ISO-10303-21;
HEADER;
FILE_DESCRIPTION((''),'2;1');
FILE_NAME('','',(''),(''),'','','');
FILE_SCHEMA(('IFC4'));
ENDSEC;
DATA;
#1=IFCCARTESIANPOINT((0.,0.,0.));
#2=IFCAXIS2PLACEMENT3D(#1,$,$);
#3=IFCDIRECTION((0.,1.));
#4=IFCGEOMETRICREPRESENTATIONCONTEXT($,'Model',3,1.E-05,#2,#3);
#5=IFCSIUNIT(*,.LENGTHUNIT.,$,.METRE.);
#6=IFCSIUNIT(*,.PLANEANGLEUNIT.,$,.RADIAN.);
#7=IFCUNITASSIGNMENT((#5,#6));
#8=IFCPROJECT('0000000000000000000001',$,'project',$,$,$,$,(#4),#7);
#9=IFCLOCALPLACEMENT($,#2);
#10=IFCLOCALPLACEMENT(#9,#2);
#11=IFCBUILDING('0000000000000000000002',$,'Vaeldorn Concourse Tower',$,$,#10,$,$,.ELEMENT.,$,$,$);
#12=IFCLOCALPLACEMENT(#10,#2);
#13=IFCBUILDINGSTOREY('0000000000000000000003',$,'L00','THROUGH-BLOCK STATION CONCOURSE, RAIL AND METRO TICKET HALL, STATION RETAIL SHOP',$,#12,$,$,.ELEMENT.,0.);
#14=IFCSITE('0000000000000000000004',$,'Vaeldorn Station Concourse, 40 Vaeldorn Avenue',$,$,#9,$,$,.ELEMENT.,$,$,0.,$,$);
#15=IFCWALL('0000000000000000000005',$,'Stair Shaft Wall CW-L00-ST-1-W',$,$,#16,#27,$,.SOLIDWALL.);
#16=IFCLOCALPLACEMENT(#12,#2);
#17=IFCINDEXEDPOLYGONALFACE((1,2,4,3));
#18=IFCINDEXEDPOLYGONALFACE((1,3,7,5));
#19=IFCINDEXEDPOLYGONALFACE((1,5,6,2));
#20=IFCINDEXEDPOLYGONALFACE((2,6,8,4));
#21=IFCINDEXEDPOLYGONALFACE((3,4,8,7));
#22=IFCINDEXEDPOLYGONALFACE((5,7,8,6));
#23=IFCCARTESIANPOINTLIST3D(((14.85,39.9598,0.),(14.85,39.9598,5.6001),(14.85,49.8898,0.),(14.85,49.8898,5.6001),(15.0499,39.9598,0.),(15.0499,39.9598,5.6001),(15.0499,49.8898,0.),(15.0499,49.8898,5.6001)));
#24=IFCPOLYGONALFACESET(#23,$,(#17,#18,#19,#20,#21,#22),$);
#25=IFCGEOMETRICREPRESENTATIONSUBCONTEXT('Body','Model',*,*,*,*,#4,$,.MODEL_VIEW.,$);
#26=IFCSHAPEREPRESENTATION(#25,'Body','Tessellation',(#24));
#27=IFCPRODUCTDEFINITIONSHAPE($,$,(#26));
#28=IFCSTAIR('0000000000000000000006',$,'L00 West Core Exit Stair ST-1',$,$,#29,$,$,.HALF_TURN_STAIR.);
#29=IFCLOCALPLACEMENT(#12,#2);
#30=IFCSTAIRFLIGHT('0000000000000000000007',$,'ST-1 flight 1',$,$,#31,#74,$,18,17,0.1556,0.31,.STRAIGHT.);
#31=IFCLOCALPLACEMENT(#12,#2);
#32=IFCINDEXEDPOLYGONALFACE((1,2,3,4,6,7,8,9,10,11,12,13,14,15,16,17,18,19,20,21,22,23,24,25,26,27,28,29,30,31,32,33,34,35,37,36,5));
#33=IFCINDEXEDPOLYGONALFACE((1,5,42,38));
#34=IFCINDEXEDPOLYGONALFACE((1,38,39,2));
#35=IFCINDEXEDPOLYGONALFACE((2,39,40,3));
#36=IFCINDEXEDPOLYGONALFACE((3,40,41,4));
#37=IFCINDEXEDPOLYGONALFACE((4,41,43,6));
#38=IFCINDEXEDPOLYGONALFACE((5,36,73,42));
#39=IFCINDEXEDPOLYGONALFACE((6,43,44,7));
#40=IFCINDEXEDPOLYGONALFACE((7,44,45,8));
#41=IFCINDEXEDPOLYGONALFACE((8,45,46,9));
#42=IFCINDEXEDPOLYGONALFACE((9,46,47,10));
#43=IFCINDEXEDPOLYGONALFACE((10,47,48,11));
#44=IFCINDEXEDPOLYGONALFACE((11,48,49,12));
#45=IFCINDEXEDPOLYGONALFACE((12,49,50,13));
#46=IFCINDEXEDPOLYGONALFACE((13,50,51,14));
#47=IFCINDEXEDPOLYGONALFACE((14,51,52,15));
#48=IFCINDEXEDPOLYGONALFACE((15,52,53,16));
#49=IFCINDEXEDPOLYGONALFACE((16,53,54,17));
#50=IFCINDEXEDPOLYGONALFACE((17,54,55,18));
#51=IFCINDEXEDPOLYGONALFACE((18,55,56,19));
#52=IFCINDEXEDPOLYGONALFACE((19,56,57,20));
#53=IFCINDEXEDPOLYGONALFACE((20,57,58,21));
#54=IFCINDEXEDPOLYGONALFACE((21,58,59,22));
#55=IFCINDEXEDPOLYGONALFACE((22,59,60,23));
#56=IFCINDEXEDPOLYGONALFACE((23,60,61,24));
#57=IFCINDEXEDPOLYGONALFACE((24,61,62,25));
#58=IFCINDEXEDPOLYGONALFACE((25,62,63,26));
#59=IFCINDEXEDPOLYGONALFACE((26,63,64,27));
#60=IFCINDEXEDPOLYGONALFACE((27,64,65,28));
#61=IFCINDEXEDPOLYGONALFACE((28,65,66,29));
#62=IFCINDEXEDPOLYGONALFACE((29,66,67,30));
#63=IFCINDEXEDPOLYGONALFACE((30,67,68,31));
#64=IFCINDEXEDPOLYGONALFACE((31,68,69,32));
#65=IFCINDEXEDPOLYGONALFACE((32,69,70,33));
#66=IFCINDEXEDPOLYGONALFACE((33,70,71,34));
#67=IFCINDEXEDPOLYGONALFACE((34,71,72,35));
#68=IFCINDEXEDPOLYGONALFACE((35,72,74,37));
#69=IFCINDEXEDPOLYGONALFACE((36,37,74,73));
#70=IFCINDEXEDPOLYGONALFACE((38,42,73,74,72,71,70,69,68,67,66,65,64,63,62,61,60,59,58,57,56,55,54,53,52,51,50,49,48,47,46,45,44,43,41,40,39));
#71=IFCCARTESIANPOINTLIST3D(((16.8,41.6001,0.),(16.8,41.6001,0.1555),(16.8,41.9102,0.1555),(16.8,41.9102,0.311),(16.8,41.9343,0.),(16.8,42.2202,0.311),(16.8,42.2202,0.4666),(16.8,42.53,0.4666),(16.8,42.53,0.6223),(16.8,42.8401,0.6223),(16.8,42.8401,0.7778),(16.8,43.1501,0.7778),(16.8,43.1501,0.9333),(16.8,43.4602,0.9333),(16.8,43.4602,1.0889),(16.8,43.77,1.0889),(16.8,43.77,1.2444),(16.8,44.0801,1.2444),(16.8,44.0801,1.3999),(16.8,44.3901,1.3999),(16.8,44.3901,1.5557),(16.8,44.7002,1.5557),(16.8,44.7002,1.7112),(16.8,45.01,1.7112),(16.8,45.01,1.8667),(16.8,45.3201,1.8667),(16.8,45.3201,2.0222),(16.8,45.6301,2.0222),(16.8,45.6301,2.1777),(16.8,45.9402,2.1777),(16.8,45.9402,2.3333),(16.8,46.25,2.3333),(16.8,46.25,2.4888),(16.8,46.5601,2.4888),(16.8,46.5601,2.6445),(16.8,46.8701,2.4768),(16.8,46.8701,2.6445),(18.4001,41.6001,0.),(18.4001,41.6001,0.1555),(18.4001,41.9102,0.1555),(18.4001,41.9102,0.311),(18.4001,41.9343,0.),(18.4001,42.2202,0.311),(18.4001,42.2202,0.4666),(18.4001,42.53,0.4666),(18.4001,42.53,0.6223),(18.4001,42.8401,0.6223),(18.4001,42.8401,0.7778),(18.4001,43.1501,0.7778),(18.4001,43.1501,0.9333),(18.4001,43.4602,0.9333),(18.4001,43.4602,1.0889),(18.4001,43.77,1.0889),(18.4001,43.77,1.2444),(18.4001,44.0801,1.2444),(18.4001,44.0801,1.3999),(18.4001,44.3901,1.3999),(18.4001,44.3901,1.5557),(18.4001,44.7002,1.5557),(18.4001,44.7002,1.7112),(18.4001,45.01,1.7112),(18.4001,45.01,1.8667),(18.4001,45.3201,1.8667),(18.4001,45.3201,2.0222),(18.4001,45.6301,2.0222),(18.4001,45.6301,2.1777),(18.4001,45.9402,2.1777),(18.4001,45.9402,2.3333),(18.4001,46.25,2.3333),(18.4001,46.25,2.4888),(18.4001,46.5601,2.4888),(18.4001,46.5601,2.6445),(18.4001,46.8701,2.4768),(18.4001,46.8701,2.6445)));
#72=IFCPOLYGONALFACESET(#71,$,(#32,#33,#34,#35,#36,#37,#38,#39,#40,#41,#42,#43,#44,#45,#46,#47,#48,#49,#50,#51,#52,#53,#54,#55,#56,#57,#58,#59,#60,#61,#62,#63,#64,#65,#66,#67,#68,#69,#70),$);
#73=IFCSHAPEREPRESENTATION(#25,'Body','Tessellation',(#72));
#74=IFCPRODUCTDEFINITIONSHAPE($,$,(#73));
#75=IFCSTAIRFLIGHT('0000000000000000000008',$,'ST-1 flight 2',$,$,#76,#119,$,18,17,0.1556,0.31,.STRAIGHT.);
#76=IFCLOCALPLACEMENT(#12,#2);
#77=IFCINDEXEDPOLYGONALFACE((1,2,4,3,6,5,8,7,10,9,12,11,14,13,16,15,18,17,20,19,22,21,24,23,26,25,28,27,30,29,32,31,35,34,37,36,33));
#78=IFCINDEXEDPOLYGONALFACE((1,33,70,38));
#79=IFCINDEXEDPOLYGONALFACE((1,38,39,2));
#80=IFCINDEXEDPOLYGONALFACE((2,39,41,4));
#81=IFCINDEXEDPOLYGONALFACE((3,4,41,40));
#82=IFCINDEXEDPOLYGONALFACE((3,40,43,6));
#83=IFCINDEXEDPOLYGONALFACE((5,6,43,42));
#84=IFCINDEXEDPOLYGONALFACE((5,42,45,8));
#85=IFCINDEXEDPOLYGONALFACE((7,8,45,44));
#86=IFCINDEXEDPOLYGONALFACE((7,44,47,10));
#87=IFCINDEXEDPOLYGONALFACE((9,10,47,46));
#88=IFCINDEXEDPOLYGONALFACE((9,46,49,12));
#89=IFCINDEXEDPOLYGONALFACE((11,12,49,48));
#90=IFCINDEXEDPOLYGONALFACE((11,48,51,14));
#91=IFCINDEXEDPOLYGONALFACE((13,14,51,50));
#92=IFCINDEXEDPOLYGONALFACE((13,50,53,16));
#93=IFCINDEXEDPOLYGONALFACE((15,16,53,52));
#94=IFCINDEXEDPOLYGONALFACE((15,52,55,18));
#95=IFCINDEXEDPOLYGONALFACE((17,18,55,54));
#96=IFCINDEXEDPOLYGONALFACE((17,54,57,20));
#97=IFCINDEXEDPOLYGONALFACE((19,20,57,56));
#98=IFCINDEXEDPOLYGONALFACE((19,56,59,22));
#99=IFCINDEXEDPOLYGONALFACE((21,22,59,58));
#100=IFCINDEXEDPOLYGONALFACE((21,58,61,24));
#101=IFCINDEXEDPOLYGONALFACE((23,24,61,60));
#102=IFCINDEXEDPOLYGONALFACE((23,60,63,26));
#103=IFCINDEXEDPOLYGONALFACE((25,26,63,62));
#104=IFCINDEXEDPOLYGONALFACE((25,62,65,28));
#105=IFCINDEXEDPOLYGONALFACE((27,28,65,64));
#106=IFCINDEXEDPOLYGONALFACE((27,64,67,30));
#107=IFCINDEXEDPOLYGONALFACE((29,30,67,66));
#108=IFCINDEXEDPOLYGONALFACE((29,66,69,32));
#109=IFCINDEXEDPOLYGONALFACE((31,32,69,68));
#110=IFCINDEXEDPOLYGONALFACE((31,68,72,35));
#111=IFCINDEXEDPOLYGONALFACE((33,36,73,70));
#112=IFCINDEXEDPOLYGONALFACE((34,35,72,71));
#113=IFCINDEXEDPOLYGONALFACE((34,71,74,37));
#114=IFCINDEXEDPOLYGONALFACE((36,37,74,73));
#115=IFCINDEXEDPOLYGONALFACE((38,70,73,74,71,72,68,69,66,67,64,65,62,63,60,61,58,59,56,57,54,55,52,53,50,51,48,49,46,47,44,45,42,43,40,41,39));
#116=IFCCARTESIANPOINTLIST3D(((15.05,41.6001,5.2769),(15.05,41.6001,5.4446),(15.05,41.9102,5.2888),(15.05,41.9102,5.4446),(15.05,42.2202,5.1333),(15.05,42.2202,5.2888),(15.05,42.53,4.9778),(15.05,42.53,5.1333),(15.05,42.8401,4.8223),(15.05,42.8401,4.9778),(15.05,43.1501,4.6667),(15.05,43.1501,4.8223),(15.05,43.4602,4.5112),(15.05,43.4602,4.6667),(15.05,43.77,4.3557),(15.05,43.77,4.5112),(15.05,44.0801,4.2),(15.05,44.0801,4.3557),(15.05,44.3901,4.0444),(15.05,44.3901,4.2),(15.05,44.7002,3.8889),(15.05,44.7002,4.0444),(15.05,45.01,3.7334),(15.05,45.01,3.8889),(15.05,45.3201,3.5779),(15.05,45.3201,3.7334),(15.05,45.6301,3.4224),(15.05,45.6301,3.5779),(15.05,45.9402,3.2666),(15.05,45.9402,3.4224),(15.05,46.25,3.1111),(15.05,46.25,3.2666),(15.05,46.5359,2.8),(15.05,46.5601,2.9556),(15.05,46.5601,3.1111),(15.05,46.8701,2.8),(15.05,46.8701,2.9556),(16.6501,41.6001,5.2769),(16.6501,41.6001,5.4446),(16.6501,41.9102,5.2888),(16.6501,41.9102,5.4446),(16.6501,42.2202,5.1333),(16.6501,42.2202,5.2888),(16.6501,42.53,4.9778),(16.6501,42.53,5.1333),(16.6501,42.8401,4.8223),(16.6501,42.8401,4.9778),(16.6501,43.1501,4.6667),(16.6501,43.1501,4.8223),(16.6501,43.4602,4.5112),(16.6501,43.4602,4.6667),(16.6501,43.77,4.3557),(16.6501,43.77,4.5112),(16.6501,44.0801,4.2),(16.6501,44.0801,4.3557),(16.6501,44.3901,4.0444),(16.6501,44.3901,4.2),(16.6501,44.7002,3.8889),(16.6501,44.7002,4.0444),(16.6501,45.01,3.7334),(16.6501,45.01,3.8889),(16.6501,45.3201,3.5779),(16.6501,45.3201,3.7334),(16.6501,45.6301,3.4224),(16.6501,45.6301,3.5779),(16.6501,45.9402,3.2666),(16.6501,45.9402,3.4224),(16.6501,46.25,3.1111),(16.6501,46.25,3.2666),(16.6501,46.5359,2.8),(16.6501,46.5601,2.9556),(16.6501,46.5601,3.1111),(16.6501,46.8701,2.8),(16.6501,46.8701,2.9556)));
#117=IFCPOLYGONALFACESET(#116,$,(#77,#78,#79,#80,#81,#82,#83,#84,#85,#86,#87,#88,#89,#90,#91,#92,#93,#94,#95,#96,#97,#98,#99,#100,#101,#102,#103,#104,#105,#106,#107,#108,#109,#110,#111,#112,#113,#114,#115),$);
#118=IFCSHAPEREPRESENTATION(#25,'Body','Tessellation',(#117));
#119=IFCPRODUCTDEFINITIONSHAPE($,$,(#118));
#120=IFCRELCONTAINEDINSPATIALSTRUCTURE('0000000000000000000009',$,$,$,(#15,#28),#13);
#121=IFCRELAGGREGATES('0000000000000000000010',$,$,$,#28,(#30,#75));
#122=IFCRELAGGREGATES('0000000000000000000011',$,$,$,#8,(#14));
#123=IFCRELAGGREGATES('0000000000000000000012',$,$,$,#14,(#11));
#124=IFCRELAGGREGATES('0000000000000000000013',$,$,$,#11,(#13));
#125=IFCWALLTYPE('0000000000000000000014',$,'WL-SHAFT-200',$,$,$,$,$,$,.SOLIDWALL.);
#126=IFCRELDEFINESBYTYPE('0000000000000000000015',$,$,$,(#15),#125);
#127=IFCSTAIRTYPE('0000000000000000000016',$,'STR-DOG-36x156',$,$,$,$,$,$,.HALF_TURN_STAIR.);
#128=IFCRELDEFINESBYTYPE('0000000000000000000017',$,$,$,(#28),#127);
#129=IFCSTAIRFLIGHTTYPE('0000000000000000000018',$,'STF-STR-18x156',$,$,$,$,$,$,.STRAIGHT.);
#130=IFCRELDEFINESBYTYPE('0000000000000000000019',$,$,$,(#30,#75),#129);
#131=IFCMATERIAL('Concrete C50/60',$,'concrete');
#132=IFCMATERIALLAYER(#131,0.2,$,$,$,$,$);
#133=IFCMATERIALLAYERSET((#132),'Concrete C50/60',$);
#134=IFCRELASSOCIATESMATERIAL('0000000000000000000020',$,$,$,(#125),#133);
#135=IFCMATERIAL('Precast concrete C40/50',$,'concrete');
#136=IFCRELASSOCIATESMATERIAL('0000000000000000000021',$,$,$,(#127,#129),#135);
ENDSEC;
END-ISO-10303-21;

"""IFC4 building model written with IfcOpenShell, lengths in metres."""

from ifc_helpers import new_model, si_unit, direction, frame, frame_2d, origin, place, context, subcontext, project, spatial, polyline, rectangle, outline, extrude, material, layer, layer_set, type_object, element, aggregate, save


model = new_model("IFC4")

# Units and contexts
model_context = context("Model", 3, precision=1e-05, world=origin(), true_north=direction((0.0, 1.0)))
body_context = subcontext(model_context, "Body", "Model", "MODEL_VIEW")
ifc_project = project(units=[si_unit("LENGTHUNIT", "METRE"), si_unit("PLANEANGLEUNIT", "RADIAN")], contexts=[model_context])

# Site, building, storey
site_placement = place(None, origin())
site = spatial("IfcSite", under=ifc_project, at=site_placement, Name="Vaeldorn Station Concourse, 40 Vaeldorn Avenue", CompositionType="ELEMENT", RefElevation=0.0)
building_placement = place(site_placement, origin())
building = spatial("IfcBuilding", under=site, at=building_placement, Name="Vaeldorn Concourse Tower", CompositionType="ELEMENT")
storey_placement = place(building_placement, origin())
storey = spatial("IfcBuildingStorey", under=building, at=storey_placement, Name="L00", Description="THROUGH-BLOCK STATION CONCOURSE, RAIL AND METRO TICKET HALL, STATION RETAIL SHOP", CompositionType="ELEMENT", Elevation=0.0)

# Shared definitions
ifc_material_1 = material(Name="Concrete C50/60", Category="concrete")
ifc_layer_1 = layer(ifc_material_1, 0.2)
ifc_layer_set_1 = layer_set([ifc_layer_1], Name="Concrete C50/60")
wall_type_1 = type_object("IfcWallType", Name="WL-SHAFT-200", PredefinedType="SOLIDWALL", material=ifc_layer_set_1)

# Wall
wall_1_placement = place(storey_placement, frame((14.95, 39.96, 0.0), z_axis=(0.0, 0.0, 1.0), x_axis=(0.0, 1.0, 0.0)))
element("IfcWall", 1, at=wall_1_placement, inside=storey, type_object=wall_type_1, Name="Stair Shaft Wall CW-L00-ST-1-W", PredefinedType="SOLIDWALL", context=body_context, shape_type="SweptSolid", body=[
    extrude(rectangle(XDim=9.9299, YDim=0.2, at=frame_2d((4.9648, 0.0))), origin(), (0.0, 0.0, 1.0), 5.6001),
])

# Stair, stair flights
ifc_material_2 = material(Name="Precast concrete C40/50", Category="concrete")
stair_type = type_object("IfcStairType", Name="STR-DOG-36x156", PredefinedType="HALF_TURN_STAIR", material=ifc_material_2)
stair_placement = place(storey_placement, origin())
stair = element("IfcStair", 2, at=stair_placement, inside=storey, type_object=stair_type, Name="L00 West Core Exit Stair ST-1", PredefinedType="HALF_TURN_STAIR")
stair_flight_type = type_object("IfcStairFlightType", Name="STF-STR-18x156", PredefinedType="STRAIGHT", material=ifc_material_2)
stair_flight_1_placement = place(storey_placement, frame((17.6001, 41.6001, 0.0), z_axis=(0.0, 0.0, 1.0), x_axis=(0.0, 1.0, 0.0)))
stair_flight_1 = element("IfcStairFlight", 3, at=stair_flight_1_placement, type_object=stair_flight_type, Name="ST-1 flight 1", NumberOfRisers=18, NumberOfTreads=17, PredefinedType="STRAIGHT", RiserHeight=0.1556, TreadLength=0.31, context=body_context, shape_type="SweptSolid", body=[
    extrude(outline(polyline([(0.0, 0.0), (0.0, 0.1555), (0.3101, 0.1555), (0.3101, 0.311), (0.6201, 0.311), (0.6201, 0.4666), (0.9299, 0.4666), (0.9299, 0.6223), (1.24, 0.6223), (1.24, 0.7778), (1.55, 0.7778), (1.55, 0.9333), (1.8601, 0.9333), (1.8601, 1.0889), (2.1699, 1.0889), (2.1699, 1.2444), (2.48, 1.2444), (2.48, 1.3999), (2.79, 1.3999), (2.79, 1.5557), (3.1001, 1.5557), (3.1001, 1.7112), (3.4099, 1.7112), (3.4099, 1.8667), (3.72, 1.8667), (3.72, 2.0222), (4.03, 2.0222), (4.03, 2.1777), (4.3401, 2.1777), (4.3401, 2.3333), (4.6499, 2.3333), (4.6499, 2.4888), (4.96, 2.4888), (4.96, 2.6445), (5.27, 2.6445), (5.27, 2.8), (5.27, 2.4768), (0.3342, 0.0), (0.0, 0.0)])), frame((0.0, 0.8, 0.0), z_axis=(0.0, -1.0, 0.0), x_axis=(1.0, 0.0, 0.0)), (0.0, 0.0, 1.0), 1.6001),
])
stair_flight_2_placement = place(storey_placement, frame((15.8501, 46.8701, 2.8), z_axis=(0.0, 0.0, 1.0), x_axis=(0.0, -1.0, 0.0)))
stair_flight_2 = element("IfcStairFlight", 4, at=stair_flight_2_placement, type_object=stair_flight_type, Name="ST-1 flight 2", NumberOfRisers=18, NumberOfTreads=17, PredefinedType="STRAIGHT", RiserHeight=0.1556, TreadLength=0.31, context=body_context, shape_type="SweptSolid", body=[
    extrude(outline(polyline([(0.0, 0.0), (0.0, 0.1555), (0.3101, 0.1555), (0.3101, 0.311), (0.6201, 0.311), (0.6201, 0.4666), (0.9299, 0.4666), (0.9299, 0.6223), (1.24, 0.6223), (1.24, 0.7778), (1.55, 0.7778), (1.55, 0.9333), (1.8601, 0.9333), (1.8601, 1.0889), (2.1699, 1.0889), (2.1699, 1.2444), (2.48, 1.2444), (2.48, 1.3999), (2.79, 1.3999), (2.79, 1.5557), (3.1001, 1.5557), (3.1001, 1.7112), (3.4099, 1.7112), (3.4099, 1.8667), (3.72, 1.8667), (3.72, 2.0222), (4.03, 2.0222), (4.03, 2.1777), (4.3401, 2.1777), (4.3401, 2.3333), (4.6499, 2.3333), (4.6499, 2.4888), (4.96, 2.4888), (4.96, 2.6445), (5.27, 2.6445), (5.27, 2.8), (5.27, 2.4768), (0.3342, 0.0), (0.0, 0.0)])), frame((0.0, 0.8, 0.0), z_axis=(0.0, -1.0, 0.0), x_axis=(1.0, 0.0, 0.0)), (0.0, 0.0, 1.0), 1.6001),
])
aggregate(stair, [stair_flight_1, stair_flight_2])

save(model, "model.ifc")
